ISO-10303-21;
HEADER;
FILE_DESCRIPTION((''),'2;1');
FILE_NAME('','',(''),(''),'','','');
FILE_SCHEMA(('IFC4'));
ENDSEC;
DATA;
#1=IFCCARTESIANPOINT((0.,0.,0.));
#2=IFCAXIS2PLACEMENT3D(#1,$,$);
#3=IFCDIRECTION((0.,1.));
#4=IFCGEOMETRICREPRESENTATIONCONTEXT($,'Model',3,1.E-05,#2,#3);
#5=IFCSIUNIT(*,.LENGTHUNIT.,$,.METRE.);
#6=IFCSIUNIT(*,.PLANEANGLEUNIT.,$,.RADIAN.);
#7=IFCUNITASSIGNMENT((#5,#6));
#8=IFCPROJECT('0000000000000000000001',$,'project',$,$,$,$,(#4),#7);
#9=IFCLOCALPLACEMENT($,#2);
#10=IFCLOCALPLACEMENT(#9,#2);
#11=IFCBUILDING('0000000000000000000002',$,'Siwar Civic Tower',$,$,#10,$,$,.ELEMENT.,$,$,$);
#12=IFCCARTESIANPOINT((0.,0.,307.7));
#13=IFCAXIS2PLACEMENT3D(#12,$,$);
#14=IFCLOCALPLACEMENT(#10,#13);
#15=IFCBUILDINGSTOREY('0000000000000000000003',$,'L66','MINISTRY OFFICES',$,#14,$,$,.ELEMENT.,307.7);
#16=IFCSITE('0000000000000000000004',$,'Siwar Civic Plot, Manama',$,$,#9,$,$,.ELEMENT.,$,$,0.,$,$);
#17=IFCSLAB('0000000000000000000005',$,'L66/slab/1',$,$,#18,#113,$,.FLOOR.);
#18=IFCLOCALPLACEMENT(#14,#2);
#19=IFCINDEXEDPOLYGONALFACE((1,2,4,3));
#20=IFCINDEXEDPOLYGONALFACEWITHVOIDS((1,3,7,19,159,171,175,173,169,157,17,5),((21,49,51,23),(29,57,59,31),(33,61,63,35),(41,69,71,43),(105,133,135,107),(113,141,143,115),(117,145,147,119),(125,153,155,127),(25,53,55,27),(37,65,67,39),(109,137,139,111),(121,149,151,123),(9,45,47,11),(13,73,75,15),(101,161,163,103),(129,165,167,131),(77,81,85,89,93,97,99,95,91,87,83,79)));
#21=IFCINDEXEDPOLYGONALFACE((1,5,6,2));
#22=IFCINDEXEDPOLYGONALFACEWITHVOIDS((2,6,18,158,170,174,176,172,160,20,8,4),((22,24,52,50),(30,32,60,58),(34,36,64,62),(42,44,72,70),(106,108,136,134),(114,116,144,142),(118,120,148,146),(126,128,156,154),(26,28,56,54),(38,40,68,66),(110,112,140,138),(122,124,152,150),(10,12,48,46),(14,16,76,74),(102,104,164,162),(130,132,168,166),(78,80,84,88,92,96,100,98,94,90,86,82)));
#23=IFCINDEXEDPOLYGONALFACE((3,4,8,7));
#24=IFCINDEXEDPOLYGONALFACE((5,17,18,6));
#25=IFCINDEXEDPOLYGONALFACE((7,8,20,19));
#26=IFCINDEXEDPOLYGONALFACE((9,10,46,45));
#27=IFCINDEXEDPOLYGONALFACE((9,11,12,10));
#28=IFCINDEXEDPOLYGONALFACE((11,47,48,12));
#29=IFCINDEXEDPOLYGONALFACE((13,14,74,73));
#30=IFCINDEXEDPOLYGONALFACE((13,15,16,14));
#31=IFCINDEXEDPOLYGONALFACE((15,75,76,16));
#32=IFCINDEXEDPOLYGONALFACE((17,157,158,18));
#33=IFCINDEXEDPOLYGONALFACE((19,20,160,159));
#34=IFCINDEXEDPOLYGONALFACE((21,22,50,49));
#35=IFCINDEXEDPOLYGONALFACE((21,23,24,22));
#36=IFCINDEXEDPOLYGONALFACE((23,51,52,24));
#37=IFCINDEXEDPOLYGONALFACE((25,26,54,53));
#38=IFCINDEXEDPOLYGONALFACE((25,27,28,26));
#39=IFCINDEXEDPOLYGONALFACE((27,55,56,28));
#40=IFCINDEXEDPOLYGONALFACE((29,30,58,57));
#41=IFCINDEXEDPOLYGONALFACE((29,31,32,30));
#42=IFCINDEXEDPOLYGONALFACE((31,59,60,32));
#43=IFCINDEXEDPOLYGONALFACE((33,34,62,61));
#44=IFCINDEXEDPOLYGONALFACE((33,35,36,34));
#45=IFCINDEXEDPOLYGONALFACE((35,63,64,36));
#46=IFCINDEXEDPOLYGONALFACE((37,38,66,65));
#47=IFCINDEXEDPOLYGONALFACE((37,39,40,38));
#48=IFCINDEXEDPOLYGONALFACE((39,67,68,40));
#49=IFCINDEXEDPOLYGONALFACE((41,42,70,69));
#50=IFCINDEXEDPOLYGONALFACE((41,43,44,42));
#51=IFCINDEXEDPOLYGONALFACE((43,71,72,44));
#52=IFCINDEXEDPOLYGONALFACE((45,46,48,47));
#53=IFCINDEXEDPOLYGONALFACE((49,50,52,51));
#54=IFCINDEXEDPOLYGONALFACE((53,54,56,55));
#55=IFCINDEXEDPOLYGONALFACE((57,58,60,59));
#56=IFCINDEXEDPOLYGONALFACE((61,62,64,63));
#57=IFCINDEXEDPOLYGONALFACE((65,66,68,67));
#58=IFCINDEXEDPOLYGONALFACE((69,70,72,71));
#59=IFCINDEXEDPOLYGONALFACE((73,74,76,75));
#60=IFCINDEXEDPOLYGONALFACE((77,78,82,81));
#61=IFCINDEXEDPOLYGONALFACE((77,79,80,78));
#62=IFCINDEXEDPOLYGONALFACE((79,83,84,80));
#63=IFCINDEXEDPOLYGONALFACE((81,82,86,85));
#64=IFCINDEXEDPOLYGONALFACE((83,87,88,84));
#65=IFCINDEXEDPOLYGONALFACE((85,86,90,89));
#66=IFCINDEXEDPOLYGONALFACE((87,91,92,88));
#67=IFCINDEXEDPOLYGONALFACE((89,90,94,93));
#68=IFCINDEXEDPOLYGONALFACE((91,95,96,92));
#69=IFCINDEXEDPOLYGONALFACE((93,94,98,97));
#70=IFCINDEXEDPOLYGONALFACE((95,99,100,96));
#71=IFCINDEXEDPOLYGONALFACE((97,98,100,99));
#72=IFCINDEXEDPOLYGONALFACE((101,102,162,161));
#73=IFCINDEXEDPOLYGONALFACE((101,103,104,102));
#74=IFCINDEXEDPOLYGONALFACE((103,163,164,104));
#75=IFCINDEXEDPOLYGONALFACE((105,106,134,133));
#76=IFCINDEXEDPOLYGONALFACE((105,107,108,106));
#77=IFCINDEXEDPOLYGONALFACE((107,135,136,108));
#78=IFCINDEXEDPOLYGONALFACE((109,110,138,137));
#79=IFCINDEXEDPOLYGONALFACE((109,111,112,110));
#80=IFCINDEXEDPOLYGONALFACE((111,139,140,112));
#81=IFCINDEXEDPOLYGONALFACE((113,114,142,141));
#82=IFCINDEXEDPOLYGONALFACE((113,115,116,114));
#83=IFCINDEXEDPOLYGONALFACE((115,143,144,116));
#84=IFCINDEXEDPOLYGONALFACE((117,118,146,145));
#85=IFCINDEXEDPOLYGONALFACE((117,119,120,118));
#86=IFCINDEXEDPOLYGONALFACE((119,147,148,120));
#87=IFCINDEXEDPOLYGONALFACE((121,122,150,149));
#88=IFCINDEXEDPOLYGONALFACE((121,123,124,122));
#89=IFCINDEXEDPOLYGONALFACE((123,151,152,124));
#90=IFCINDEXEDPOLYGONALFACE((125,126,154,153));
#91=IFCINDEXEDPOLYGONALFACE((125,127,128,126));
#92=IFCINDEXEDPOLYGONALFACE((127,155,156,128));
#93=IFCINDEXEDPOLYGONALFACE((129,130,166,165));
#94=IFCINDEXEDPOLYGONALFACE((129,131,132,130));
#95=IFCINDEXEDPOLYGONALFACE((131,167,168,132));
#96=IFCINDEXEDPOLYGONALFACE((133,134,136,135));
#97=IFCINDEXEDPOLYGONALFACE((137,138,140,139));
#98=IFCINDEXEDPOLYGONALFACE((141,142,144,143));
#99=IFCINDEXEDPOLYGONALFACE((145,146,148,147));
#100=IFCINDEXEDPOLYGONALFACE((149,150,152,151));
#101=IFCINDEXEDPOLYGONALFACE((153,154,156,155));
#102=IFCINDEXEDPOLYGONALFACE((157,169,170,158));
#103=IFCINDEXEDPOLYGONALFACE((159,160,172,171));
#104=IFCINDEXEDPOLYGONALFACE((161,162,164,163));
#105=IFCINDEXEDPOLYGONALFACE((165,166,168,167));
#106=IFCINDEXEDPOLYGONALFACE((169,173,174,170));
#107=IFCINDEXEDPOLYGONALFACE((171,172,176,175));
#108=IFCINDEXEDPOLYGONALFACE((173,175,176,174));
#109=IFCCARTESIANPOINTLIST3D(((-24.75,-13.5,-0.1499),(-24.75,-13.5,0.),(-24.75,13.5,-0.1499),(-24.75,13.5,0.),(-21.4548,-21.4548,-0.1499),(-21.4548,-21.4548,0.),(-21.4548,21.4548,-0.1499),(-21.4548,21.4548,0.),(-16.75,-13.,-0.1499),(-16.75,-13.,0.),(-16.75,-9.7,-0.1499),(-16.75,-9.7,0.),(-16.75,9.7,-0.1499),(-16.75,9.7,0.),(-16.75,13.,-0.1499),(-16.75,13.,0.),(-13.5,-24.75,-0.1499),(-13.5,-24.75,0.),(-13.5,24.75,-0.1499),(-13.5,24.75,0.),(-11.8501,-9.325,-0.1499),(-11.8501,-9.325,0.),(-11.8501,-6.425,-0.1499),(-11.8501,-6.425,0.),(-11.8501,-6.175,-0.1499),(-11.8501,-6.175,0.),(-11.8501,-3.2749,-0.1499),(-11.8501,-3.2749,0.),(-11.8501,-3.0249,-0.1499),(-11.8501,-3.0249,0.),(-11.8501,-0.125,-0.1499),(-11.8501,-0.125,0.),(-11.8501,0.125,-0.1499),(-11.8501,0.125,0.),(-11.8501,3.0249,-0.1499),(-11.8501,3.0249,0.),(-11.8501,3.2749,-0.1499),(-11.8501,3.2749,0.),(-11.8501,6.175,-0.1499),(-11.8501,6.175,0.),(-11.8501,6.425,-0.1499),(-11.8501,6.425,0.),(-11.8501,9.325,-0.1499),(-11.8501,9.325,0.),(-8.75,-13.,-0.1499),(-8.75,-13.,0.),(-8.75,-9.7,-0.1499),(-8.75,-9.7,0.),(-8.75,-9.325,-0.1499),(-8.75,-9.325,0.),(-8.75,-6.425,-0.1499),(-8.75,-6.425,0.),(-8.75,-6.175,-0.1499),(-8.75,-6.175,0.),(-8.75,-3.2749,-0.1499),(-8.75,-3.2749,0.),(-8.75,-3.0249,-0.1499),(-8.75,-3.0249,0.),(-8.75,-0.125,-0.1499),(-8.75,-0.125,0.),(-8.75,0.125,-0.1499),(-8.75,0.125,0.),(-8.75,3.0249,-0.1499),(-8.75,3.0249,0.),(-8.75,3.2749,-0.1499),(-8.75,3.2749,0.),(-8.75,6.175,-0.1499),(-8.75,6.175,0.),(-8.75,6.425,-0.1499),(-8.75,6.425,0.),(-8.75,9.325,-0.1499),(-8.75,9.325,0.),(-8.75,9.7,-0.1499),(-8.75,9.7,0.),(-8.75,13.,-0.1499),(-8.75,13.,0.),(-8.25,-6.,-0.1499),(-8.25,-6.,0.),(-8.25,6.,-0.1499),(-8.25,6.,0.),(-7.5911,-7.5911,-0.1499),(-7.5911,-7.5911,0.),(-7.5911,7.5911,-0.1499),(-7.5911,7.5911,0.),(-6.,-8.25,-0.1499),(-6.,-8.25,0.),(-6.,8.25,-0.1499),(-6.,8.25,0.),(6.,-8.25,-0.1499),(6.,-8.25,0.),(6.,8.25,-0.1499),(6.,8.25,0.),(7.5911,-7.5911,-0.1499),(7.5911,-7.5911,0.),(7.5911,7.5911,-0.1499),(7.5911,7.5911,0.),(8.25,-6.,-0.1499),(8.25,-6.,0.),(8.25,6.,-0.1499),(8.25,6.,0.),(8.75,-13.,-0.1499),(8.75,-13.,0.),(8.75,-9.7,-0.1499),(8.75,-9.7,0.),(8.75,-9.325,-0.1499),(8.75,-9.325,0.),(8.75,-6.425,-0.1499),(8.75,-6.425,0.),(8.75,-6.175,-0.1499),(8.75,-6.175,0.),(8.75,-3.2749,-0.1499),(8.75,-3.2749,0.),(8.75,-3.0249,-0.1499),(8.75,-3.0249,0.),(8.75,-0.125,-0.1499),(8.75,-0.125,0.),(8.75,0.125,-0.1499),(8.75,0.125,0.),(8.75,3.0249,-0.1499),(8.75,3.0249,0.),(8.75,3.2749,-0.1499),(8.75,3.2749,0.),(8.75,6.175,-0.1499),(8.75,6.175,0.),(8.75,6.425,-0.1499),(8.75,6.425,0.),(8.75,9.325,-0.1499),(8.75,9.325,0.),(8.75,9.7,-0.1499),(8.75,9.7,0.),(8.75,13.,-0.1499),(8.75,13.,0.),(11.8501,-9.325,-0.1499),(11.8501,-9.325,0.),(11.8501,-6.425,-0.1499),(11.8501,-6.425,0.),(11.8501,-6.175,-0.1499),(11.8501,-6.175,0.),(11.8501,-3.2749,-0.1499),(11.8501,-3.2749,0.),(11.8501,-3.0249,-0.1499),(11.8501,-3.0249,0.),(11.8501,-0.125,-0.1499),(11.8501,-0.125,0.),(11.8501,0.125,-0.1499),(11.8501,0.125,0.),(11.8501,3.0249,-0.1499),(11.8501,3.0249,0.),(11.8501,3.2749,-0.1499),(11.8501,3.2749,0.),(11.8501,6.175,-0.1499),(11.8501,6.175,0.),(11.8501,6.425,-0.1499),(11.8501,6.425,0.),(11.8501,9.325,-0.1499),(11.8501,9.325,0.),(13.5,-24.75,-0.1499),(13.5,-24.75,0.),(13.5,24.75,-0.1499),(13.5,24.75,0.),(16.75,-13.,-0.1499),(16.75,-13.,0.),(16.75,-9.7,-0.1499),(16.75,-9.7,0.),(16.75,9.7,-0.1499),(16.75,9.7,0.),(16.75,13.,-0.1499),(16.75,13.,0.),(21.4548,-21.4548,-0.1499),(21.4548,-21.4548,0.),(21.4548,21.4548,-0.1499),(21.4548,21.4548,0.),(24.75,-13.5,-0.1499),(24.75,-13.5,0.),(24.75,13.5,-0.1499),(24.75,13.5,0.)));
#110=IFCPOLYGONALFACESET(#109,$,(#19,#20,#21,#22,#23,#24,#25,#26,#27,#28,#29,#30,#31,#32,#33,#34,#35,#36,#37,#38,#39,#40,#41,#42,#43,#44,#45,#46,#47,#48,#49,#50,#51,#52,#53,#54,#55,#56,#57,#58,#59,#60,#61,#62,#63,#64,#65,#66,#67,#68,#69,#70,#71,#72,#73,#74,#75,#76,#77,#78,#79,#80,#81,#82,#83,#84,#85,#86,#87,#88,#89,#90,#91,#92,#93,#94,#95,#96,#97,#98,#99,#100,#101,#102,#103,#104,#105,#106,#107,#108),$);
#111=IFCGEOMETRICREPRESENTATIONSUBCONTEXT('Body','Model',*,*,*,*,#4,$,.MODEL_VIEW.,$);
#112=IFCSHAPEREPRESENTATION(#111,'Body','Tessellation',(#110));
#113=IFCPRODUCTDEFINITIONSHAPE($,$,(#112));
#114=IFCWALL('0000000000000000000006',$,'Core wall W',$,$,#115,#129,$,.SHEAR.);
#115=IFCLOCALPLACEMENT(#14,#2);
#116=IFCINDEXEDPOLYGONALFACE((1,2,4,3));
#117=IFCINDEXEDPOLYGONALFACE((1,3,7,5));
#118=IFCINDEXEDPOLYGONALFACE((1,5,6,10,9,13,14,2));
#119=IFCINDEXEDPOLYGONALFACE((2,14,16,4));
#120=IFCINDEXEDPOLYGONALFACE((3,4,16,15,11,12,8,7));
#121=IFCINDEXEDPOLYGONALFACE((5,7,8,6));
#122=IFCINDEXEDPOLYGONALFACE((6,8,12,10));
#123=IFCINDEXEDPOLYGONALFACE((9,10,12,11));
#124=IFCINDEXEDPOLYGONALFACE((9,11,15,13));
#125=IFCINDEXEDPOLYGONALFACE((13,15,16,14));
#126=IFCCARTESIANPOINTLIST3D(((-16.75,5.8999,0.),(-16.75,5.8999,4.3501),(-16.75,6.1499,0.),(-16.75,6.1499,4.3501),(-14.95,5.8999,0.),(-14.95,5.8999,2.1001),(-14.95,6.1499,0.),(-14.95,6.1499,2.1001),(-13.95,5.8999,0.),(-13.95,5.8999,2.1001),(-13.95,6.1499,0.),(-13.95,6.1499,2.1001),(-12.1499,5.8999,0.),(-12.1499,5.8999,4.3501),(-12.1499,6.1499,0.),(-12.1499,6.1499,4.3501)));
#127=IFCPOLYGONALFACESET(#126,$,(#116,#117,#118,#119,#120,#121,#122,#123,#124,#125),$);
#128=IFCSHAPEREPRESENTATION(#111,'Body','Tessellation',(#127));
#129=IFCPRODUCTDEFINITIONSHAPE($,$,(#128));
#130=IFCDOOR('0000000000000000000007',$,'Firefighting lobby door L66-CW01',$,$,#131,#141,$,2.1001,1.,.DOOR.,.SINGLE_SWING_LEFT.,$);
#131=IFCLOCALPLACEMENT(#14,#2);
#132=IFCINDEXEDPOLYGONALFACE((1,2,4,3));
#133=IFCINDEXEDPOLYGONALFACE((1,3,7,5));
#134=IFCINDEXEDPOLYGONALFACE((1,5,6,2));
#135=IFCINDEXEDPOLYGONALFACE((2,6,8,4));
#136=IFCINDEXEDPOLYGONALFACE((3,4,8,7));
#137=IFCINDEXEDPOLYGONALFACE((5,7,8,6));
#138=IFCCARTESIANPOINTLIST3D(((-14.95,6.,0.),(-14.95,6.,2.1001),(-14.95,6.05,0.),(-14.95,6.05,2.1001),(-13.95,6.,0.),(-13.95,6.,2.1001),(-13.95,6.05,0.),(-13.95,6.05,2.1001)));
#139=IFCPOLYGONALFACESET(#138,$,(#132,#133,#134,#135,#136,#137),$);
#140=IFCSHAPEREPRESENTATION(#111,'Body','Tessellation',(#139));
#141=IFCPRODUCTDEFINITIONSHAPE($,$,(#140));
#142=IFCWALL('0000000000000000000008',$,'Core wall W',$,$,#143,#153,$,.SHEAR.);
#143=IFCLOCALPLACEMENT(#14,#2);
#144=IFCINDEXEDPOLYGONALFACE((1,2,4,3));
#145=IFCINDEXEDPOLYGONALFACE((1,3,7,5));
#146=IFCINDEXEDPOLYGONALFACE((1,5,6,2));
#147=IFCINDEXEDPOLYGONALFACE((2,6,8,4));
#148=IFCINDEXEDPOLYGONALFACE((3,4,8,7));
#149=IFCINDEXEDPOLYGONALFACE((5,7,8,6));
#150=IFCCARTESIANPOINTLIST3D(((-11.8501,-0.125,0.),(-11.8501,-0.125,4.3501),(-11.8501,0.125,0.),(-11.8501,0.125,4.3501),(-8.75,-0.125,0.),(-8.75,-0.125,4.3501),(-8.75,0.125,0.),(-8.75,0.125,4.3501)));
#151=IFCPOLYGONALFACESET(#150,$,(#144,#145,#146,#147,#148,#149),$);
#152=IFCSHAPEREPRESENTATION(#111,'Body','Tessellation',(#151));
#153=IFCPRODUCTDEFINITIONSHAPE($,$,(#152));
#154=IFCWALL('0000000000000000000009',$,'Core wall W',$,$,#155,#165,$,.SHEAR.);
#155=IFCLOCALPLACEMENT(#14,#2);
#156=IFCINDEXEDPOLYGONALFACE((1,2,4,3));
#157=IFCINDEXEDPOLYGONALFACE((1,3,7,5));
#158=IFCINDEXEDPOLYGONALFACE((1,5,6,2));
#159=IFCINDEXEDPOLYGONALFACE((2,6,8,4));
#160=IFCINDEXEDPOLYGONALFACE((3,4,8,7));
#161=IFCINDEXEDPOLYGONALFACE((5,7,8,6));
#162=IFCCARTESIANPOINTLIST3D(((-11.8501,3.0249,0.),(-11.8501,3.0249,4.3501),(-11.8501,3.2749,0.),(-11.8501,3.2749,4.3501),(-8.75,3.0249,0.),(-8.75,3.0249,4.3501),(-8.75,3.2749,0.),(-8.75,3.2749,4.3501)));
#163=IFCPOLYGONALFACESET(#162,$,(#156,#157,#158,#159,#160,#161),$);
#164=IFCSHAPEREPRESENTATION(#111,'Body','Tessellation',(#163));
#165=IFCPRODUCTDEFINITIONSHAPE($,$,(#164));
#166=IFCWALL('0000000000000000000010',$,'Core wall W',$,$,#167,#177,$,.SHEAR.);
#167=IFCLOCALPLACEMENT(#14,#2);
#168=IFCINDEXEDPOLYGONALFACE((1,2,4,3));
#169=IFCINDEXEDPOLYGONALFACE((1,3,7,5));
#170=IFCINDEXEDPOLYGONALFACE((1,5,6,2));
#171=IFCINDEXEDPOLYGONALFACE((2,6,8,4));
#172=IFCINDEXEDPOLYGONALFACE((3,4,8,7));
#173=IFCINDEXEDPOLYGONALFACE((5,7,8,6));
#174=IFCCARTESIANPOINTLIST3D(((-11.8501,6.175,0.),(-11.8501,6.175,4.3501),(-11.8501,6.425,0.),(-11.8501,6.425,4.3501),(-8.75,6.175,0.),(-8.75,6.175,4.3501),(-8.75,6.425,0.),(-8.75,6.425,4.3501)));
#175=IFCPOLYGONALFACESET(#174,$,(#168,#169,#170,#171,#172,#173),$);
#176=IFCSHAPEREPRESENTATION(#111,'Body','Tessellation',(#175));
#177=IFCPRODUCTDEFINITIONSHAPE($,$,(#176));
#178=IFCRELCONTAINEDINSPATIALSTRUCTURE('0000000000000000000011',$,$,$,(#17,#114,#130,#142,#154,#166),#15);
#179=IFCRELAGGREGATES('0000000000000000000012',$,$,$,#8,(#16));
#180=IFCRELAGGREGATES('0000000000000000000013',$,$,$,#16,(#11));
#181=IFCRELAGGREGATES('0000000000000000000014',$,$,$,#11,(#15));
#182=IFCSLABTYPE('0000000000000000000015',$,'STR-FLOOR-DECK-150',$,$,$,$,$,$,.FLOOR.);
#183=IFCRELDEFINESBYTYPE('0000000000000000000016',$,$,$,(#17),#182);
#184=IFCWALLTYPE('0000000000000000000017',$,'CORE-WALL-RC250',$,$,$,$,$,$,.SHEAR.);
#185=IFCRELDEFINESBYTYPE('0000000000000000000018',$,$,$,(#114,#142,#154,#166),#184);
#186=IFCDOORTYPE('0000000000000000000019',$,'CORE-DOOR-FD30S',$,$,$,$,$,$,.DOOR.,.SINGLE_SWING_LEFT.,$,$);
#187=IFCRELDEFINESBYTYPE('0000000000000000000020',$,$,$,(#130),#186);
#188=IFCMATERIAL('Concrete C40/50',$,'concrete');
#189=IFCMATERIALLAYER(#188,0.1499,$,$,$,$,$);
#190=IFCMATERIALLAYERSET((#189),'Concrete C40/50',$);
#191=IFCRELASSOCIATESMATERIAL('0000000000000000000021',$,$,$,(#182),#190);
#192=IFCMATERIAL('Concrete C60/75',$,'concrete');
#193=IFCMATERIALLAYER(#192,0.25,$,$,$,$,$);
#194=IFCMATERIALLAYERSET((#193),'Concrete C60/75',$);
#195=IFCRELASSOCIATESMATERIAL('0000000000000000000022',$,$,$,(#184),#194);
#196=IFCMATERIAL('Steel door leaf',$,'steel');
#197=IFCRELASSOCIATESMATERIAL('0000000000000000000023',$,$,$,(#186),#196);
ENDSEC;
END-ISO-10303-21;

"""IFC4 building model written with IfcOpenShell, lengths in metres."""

from ifc_helpers import new_model, si_unit, direction, frame, frame_2d, origin, place, context, subcontext, project, spatial, polyline, rectangle, outline, extrude, material, layer, layer_set, type_object, element, fill, save


model = new_model("IFC4")

# Units and contexts
model_context = context("Model", 3, precision=1e-05, world=origin(), true_north=direction((0.0, 1.0)))
body_context = subcontext(model_context, "Body", "Model", "MODEL_VIEW")
ifc_project = project(units=[si_unit("LENGTHUNIT", "METRE"), si_unit("PLANEANGLEUNIT", "RADIAN")], contexts=[model_context])

# Site, building, storey
site_placement = place(None, origin())
site = spatial("IfcSite", under=ifc_project, at=site_placement, Name="Siwar Civic Plot, Manama", CompositionType="ELEMENT", RefElevation=0.0)
building_placement = place(site_placement, origin())
building = spatial("IfcBuilding", under=site, at=building_placement, Name="Siwar Civic Tower", CompositionType="ELEMENT")
storey_placement = place(building_placement, frame((0.0, 0.0, 307.7)))
storey = spatial("IfcBuildingStorey", under=building, at=storey_placement, Name="L66", Description="MINISTRY OFFICES", CompositionType="ELEMENT", Elevation=307.7)

# Slab
ifc_material_1 = material(Name="Concrete C40/50", Category="concrete")
ifc_layer_1 = layer(ifc_material_1, 0.1499)
ifc_layer_set_1 = layer_set([ifc_layer_1], Name="Concrete C40/50")
slab_type_1 = type_object("IfcSlabType", Name="STR-FLOOR-DECK-150", PredefinedType="FLOOR", material=ifc_layer_set_1)
slab_1_placement = place(storey_placement, frame((0.0, 0.0, -0.1499)))
element("IfcSlab", 1, at=slab_1_placement, inside=storey, type_object=slab_type_1, Name="L66/slab/1", PredefinedType="FLOOR", context=body_context, shape_type="SweptSolid", body=[
    extrude(outline(polyline([(-13.5, -24.75), (13.5, -24.75), (21.4548, -21.4548), (24.75, -13.5), (24.75, 13.5), (21.4548, 21.4548), (13.5, 24.75), (-13.5, 24.75), (-21.4548, 21.4548), (-24.75, 13.5), (-24.75, -13.5), (-21.4548, -21.4548), (-13.5, -24.75)]), holes=[polyline([(16.75, 13.0), (16.75, 9.7), (8.75, 9.7), (8.75, 13.0), (16.75, 13.0)]), polyline([(8.75, -9.7), (16.75, -9.7), (16.75, -13.0), (8.75, -13.0), (8.75, -9.7)]), polyline([(11.8501, 9.325), (11.8501, 6.425), (8.75, 6.425), (8.75, 9.325), (11.8501, 9.325)]), polyline([(8.75, 6.175), (11.8501, 6.175), (11.8501, 3.2749), (8.75, 3.2749), (8.75, 6.175)]), polyline([(8.75, 3.0249), (11.8501, 3.0249), (11.8501, 0.125), (8.75, 0.125), (8.75, 3.0249)]), polyline([(8.75, -0.125), (11.8501, -0.125), (11.8501, -3.0249), (8.75, -3.0249), (8.75, -0.125)]), polyline([(8.75, -3.2749), (11.8501, -3.2749), (11.8501, -6.175), (8.75, -6.175), (8.75, -3.2749)]), polyline([(8.75, -6.425), (11.8501, -6.425), (11.8501, -9.325), (8.75, -9.325), (8.75, -6.425)]), polyline([(-6.0, 8.25), (6.0, 8.25), (7.5911, 7.5911), (8.25, 6.0), (8.25, -6.0), (7.5911, -7.5911), (6.0, -8.25), (-6.0, -8.25), (-7.5911, -7.5911), (-8.25, -6.0), (-8.25, 6.0), (-7.5911, 7.5911), (-6.0, 8.25)]), polyline([(-8.75, -13.0), (-16.75, -13.0), (-16.75, -9.7), (-8.75, -9.7), (-8.75, -13.0)]), polyline([(-8.75, 9.7), (-16.75, 9.7), (-16.75, 13.0), (-8.75, 13.0), (-8.75, 9.7)]), polyline([(-8.75, 6.425), (-11.8501, 6.425), (-11.8501, 9.325), (-8.75, 9.325), (-8.75, 6.425)]), polyline([(-8.75, 3.2749), (-11.8501, 3.2749), (-11.8501, 6.175), (-8.75, 6.175), (-8.75, 3.2749)]), polyline([(-8.75, 0.125), (-11.8501, 0.125), (-11.8501, 3.0249), (-8.75, 3.0249), (-8.75, 0.125)]), polyline([(-8.75, -3.0249), (-11.8501, -3.0249), (-11.8501, -0.125), (-8.75, -0.125), (-8.75, -3.0249)]), polyline([(-8.75, -6.175), (-11.8501, -6.175), (-11.8501, -3.2749), (-8.75, -3.2749), (-8.75, -6.175)]), polyline([(-8.75, -9.325), (-11.8501, -9.325), (-11.8501, -6.425), (-8.75, -6.425), (-8.75, -9.325)])]), origin(), (0.0, 0.0, 1.0), 0.1499),
])

# Wall, opening, door
ifc_material_2 = material(Name="Concrete C60/75", Category="concrete")
ifc_layer_2 = layer(ifc_material_2, 0.25)
ifc_layer_set_2 = layer_set([ifc_layer_2], Name="Concrete C60/75")
wall_type_1 = type_object("IfcWallType", Name="CORE-WALL-RC250", PredefinedType="SHEAR", material=ifc_layer_set_2)
wall_1_placement = place(storey_placement, frame((-12.1499, 6.0249, 0.0), z_axis=(0.0, 0.0, 1.0), x_axis=(-1.0, 0.0, 0.0)))
wall_1 = element("IfcWall", 2, at=wall_1_placement, inside=storey, type_object=wall_type_1, Name="Core wall W", PredefinedType="SHEAR", context=body_context, shape_type="SweptSolid", body=[
    extrude(rectangle(XDim=4.6001, YDim=0.25, at=frame_2d((2.3, 0.0))), origin(), (0.0, 0.0, 1.0), 4.3501),
])
opening_1_placement = place(wall_1_placement, frame((1.8, 0.0, 0.0)))
opening_1 = element("IfcOpeningElement", 3, at=opening_1_placement, cuts=wall_1, PredefinedType="OPENING", context=body_context, shape_type="SweptSolid", body=[
    extrude(rectangle(XDim=1.0, YDim=2.1001, at=frame_2d((0.5, 1.05))), frame((0.0, 0.135, 0.0), z_axis=(0.0, -1.0, 0.0), x_axis=(1.0, 0.0, 0.0)), (0.0, 0.0, 1.0), 0.27),
])
ifc_material_3 = material(Name="Steel door leaf", Category="steel")
door_type_1 = type_object("IfcDoorType", Name="CORE-DOOR-FD30S", OperationType="SINGLE_SWING_LEFT", PredefinedType="DOOR", material=ifc_material_3)
door_1_placement = place(opening_1_placement, origin())
door_1 = element("IfcDoor", 4, at=door_1_placement, inside=storey, type_object=door_type_1, Name="Firefighting lobby door L66-CW01", OperationType="SINGLE_SWING_LEFT", OverallHeight=2.1001, OverallWidth=1.0, PredefinedType="DOOR", context=body_context, shape_type="SweptSolid", body=[
    extrude(rectangle(XDim=1.0, YDim=2.1001, at=frame_2d((0.5, 1.05))), frame((0.0, 0.0249, 0.0), z_axis=(0.0, -1.0, 0.0), x_axis=(1.0, 0.0, 0.0)), (0.0, 0.0, 1.0), 0.05),
])
fill(opening_1, door_1)

# Walls
for number, where, z_axis, x_axis, name in (
    (5, (-8.75, 0.0, 0.0), (0.0, 0.0, 1.0), (-1.0, 0.0, 0.0), "Core wall W"),
    (6, (-8.75, 3.1499, 0.0), (0.0, 0.0, 1.0), (-1.0, 0.0, 0.0), "Core wall W"),
    (7, (-8.75, 6.3, 0.0), (0.0, 0.0, 1.0), (-1.0, 0.0, 0.0), "Core wall W"),
):
    element("IfcWall", number, at=place(storey_placement, frame(where, z_axis=z_axis, x_axis=x_axis)), inside=storey, type_object=wall_type_1, Name=name, PredefinedType="SHEAR", context=body_context, shape_type="SweptSolid", body=[
        extrude(rectangle(XDim=3.1001, YDim=0.25, at=frame_2d((1.55, 0.0))), origin(), (0.0, 0.0, 1.0), 4.3501),
    ])

save(model, "model.ifc")
